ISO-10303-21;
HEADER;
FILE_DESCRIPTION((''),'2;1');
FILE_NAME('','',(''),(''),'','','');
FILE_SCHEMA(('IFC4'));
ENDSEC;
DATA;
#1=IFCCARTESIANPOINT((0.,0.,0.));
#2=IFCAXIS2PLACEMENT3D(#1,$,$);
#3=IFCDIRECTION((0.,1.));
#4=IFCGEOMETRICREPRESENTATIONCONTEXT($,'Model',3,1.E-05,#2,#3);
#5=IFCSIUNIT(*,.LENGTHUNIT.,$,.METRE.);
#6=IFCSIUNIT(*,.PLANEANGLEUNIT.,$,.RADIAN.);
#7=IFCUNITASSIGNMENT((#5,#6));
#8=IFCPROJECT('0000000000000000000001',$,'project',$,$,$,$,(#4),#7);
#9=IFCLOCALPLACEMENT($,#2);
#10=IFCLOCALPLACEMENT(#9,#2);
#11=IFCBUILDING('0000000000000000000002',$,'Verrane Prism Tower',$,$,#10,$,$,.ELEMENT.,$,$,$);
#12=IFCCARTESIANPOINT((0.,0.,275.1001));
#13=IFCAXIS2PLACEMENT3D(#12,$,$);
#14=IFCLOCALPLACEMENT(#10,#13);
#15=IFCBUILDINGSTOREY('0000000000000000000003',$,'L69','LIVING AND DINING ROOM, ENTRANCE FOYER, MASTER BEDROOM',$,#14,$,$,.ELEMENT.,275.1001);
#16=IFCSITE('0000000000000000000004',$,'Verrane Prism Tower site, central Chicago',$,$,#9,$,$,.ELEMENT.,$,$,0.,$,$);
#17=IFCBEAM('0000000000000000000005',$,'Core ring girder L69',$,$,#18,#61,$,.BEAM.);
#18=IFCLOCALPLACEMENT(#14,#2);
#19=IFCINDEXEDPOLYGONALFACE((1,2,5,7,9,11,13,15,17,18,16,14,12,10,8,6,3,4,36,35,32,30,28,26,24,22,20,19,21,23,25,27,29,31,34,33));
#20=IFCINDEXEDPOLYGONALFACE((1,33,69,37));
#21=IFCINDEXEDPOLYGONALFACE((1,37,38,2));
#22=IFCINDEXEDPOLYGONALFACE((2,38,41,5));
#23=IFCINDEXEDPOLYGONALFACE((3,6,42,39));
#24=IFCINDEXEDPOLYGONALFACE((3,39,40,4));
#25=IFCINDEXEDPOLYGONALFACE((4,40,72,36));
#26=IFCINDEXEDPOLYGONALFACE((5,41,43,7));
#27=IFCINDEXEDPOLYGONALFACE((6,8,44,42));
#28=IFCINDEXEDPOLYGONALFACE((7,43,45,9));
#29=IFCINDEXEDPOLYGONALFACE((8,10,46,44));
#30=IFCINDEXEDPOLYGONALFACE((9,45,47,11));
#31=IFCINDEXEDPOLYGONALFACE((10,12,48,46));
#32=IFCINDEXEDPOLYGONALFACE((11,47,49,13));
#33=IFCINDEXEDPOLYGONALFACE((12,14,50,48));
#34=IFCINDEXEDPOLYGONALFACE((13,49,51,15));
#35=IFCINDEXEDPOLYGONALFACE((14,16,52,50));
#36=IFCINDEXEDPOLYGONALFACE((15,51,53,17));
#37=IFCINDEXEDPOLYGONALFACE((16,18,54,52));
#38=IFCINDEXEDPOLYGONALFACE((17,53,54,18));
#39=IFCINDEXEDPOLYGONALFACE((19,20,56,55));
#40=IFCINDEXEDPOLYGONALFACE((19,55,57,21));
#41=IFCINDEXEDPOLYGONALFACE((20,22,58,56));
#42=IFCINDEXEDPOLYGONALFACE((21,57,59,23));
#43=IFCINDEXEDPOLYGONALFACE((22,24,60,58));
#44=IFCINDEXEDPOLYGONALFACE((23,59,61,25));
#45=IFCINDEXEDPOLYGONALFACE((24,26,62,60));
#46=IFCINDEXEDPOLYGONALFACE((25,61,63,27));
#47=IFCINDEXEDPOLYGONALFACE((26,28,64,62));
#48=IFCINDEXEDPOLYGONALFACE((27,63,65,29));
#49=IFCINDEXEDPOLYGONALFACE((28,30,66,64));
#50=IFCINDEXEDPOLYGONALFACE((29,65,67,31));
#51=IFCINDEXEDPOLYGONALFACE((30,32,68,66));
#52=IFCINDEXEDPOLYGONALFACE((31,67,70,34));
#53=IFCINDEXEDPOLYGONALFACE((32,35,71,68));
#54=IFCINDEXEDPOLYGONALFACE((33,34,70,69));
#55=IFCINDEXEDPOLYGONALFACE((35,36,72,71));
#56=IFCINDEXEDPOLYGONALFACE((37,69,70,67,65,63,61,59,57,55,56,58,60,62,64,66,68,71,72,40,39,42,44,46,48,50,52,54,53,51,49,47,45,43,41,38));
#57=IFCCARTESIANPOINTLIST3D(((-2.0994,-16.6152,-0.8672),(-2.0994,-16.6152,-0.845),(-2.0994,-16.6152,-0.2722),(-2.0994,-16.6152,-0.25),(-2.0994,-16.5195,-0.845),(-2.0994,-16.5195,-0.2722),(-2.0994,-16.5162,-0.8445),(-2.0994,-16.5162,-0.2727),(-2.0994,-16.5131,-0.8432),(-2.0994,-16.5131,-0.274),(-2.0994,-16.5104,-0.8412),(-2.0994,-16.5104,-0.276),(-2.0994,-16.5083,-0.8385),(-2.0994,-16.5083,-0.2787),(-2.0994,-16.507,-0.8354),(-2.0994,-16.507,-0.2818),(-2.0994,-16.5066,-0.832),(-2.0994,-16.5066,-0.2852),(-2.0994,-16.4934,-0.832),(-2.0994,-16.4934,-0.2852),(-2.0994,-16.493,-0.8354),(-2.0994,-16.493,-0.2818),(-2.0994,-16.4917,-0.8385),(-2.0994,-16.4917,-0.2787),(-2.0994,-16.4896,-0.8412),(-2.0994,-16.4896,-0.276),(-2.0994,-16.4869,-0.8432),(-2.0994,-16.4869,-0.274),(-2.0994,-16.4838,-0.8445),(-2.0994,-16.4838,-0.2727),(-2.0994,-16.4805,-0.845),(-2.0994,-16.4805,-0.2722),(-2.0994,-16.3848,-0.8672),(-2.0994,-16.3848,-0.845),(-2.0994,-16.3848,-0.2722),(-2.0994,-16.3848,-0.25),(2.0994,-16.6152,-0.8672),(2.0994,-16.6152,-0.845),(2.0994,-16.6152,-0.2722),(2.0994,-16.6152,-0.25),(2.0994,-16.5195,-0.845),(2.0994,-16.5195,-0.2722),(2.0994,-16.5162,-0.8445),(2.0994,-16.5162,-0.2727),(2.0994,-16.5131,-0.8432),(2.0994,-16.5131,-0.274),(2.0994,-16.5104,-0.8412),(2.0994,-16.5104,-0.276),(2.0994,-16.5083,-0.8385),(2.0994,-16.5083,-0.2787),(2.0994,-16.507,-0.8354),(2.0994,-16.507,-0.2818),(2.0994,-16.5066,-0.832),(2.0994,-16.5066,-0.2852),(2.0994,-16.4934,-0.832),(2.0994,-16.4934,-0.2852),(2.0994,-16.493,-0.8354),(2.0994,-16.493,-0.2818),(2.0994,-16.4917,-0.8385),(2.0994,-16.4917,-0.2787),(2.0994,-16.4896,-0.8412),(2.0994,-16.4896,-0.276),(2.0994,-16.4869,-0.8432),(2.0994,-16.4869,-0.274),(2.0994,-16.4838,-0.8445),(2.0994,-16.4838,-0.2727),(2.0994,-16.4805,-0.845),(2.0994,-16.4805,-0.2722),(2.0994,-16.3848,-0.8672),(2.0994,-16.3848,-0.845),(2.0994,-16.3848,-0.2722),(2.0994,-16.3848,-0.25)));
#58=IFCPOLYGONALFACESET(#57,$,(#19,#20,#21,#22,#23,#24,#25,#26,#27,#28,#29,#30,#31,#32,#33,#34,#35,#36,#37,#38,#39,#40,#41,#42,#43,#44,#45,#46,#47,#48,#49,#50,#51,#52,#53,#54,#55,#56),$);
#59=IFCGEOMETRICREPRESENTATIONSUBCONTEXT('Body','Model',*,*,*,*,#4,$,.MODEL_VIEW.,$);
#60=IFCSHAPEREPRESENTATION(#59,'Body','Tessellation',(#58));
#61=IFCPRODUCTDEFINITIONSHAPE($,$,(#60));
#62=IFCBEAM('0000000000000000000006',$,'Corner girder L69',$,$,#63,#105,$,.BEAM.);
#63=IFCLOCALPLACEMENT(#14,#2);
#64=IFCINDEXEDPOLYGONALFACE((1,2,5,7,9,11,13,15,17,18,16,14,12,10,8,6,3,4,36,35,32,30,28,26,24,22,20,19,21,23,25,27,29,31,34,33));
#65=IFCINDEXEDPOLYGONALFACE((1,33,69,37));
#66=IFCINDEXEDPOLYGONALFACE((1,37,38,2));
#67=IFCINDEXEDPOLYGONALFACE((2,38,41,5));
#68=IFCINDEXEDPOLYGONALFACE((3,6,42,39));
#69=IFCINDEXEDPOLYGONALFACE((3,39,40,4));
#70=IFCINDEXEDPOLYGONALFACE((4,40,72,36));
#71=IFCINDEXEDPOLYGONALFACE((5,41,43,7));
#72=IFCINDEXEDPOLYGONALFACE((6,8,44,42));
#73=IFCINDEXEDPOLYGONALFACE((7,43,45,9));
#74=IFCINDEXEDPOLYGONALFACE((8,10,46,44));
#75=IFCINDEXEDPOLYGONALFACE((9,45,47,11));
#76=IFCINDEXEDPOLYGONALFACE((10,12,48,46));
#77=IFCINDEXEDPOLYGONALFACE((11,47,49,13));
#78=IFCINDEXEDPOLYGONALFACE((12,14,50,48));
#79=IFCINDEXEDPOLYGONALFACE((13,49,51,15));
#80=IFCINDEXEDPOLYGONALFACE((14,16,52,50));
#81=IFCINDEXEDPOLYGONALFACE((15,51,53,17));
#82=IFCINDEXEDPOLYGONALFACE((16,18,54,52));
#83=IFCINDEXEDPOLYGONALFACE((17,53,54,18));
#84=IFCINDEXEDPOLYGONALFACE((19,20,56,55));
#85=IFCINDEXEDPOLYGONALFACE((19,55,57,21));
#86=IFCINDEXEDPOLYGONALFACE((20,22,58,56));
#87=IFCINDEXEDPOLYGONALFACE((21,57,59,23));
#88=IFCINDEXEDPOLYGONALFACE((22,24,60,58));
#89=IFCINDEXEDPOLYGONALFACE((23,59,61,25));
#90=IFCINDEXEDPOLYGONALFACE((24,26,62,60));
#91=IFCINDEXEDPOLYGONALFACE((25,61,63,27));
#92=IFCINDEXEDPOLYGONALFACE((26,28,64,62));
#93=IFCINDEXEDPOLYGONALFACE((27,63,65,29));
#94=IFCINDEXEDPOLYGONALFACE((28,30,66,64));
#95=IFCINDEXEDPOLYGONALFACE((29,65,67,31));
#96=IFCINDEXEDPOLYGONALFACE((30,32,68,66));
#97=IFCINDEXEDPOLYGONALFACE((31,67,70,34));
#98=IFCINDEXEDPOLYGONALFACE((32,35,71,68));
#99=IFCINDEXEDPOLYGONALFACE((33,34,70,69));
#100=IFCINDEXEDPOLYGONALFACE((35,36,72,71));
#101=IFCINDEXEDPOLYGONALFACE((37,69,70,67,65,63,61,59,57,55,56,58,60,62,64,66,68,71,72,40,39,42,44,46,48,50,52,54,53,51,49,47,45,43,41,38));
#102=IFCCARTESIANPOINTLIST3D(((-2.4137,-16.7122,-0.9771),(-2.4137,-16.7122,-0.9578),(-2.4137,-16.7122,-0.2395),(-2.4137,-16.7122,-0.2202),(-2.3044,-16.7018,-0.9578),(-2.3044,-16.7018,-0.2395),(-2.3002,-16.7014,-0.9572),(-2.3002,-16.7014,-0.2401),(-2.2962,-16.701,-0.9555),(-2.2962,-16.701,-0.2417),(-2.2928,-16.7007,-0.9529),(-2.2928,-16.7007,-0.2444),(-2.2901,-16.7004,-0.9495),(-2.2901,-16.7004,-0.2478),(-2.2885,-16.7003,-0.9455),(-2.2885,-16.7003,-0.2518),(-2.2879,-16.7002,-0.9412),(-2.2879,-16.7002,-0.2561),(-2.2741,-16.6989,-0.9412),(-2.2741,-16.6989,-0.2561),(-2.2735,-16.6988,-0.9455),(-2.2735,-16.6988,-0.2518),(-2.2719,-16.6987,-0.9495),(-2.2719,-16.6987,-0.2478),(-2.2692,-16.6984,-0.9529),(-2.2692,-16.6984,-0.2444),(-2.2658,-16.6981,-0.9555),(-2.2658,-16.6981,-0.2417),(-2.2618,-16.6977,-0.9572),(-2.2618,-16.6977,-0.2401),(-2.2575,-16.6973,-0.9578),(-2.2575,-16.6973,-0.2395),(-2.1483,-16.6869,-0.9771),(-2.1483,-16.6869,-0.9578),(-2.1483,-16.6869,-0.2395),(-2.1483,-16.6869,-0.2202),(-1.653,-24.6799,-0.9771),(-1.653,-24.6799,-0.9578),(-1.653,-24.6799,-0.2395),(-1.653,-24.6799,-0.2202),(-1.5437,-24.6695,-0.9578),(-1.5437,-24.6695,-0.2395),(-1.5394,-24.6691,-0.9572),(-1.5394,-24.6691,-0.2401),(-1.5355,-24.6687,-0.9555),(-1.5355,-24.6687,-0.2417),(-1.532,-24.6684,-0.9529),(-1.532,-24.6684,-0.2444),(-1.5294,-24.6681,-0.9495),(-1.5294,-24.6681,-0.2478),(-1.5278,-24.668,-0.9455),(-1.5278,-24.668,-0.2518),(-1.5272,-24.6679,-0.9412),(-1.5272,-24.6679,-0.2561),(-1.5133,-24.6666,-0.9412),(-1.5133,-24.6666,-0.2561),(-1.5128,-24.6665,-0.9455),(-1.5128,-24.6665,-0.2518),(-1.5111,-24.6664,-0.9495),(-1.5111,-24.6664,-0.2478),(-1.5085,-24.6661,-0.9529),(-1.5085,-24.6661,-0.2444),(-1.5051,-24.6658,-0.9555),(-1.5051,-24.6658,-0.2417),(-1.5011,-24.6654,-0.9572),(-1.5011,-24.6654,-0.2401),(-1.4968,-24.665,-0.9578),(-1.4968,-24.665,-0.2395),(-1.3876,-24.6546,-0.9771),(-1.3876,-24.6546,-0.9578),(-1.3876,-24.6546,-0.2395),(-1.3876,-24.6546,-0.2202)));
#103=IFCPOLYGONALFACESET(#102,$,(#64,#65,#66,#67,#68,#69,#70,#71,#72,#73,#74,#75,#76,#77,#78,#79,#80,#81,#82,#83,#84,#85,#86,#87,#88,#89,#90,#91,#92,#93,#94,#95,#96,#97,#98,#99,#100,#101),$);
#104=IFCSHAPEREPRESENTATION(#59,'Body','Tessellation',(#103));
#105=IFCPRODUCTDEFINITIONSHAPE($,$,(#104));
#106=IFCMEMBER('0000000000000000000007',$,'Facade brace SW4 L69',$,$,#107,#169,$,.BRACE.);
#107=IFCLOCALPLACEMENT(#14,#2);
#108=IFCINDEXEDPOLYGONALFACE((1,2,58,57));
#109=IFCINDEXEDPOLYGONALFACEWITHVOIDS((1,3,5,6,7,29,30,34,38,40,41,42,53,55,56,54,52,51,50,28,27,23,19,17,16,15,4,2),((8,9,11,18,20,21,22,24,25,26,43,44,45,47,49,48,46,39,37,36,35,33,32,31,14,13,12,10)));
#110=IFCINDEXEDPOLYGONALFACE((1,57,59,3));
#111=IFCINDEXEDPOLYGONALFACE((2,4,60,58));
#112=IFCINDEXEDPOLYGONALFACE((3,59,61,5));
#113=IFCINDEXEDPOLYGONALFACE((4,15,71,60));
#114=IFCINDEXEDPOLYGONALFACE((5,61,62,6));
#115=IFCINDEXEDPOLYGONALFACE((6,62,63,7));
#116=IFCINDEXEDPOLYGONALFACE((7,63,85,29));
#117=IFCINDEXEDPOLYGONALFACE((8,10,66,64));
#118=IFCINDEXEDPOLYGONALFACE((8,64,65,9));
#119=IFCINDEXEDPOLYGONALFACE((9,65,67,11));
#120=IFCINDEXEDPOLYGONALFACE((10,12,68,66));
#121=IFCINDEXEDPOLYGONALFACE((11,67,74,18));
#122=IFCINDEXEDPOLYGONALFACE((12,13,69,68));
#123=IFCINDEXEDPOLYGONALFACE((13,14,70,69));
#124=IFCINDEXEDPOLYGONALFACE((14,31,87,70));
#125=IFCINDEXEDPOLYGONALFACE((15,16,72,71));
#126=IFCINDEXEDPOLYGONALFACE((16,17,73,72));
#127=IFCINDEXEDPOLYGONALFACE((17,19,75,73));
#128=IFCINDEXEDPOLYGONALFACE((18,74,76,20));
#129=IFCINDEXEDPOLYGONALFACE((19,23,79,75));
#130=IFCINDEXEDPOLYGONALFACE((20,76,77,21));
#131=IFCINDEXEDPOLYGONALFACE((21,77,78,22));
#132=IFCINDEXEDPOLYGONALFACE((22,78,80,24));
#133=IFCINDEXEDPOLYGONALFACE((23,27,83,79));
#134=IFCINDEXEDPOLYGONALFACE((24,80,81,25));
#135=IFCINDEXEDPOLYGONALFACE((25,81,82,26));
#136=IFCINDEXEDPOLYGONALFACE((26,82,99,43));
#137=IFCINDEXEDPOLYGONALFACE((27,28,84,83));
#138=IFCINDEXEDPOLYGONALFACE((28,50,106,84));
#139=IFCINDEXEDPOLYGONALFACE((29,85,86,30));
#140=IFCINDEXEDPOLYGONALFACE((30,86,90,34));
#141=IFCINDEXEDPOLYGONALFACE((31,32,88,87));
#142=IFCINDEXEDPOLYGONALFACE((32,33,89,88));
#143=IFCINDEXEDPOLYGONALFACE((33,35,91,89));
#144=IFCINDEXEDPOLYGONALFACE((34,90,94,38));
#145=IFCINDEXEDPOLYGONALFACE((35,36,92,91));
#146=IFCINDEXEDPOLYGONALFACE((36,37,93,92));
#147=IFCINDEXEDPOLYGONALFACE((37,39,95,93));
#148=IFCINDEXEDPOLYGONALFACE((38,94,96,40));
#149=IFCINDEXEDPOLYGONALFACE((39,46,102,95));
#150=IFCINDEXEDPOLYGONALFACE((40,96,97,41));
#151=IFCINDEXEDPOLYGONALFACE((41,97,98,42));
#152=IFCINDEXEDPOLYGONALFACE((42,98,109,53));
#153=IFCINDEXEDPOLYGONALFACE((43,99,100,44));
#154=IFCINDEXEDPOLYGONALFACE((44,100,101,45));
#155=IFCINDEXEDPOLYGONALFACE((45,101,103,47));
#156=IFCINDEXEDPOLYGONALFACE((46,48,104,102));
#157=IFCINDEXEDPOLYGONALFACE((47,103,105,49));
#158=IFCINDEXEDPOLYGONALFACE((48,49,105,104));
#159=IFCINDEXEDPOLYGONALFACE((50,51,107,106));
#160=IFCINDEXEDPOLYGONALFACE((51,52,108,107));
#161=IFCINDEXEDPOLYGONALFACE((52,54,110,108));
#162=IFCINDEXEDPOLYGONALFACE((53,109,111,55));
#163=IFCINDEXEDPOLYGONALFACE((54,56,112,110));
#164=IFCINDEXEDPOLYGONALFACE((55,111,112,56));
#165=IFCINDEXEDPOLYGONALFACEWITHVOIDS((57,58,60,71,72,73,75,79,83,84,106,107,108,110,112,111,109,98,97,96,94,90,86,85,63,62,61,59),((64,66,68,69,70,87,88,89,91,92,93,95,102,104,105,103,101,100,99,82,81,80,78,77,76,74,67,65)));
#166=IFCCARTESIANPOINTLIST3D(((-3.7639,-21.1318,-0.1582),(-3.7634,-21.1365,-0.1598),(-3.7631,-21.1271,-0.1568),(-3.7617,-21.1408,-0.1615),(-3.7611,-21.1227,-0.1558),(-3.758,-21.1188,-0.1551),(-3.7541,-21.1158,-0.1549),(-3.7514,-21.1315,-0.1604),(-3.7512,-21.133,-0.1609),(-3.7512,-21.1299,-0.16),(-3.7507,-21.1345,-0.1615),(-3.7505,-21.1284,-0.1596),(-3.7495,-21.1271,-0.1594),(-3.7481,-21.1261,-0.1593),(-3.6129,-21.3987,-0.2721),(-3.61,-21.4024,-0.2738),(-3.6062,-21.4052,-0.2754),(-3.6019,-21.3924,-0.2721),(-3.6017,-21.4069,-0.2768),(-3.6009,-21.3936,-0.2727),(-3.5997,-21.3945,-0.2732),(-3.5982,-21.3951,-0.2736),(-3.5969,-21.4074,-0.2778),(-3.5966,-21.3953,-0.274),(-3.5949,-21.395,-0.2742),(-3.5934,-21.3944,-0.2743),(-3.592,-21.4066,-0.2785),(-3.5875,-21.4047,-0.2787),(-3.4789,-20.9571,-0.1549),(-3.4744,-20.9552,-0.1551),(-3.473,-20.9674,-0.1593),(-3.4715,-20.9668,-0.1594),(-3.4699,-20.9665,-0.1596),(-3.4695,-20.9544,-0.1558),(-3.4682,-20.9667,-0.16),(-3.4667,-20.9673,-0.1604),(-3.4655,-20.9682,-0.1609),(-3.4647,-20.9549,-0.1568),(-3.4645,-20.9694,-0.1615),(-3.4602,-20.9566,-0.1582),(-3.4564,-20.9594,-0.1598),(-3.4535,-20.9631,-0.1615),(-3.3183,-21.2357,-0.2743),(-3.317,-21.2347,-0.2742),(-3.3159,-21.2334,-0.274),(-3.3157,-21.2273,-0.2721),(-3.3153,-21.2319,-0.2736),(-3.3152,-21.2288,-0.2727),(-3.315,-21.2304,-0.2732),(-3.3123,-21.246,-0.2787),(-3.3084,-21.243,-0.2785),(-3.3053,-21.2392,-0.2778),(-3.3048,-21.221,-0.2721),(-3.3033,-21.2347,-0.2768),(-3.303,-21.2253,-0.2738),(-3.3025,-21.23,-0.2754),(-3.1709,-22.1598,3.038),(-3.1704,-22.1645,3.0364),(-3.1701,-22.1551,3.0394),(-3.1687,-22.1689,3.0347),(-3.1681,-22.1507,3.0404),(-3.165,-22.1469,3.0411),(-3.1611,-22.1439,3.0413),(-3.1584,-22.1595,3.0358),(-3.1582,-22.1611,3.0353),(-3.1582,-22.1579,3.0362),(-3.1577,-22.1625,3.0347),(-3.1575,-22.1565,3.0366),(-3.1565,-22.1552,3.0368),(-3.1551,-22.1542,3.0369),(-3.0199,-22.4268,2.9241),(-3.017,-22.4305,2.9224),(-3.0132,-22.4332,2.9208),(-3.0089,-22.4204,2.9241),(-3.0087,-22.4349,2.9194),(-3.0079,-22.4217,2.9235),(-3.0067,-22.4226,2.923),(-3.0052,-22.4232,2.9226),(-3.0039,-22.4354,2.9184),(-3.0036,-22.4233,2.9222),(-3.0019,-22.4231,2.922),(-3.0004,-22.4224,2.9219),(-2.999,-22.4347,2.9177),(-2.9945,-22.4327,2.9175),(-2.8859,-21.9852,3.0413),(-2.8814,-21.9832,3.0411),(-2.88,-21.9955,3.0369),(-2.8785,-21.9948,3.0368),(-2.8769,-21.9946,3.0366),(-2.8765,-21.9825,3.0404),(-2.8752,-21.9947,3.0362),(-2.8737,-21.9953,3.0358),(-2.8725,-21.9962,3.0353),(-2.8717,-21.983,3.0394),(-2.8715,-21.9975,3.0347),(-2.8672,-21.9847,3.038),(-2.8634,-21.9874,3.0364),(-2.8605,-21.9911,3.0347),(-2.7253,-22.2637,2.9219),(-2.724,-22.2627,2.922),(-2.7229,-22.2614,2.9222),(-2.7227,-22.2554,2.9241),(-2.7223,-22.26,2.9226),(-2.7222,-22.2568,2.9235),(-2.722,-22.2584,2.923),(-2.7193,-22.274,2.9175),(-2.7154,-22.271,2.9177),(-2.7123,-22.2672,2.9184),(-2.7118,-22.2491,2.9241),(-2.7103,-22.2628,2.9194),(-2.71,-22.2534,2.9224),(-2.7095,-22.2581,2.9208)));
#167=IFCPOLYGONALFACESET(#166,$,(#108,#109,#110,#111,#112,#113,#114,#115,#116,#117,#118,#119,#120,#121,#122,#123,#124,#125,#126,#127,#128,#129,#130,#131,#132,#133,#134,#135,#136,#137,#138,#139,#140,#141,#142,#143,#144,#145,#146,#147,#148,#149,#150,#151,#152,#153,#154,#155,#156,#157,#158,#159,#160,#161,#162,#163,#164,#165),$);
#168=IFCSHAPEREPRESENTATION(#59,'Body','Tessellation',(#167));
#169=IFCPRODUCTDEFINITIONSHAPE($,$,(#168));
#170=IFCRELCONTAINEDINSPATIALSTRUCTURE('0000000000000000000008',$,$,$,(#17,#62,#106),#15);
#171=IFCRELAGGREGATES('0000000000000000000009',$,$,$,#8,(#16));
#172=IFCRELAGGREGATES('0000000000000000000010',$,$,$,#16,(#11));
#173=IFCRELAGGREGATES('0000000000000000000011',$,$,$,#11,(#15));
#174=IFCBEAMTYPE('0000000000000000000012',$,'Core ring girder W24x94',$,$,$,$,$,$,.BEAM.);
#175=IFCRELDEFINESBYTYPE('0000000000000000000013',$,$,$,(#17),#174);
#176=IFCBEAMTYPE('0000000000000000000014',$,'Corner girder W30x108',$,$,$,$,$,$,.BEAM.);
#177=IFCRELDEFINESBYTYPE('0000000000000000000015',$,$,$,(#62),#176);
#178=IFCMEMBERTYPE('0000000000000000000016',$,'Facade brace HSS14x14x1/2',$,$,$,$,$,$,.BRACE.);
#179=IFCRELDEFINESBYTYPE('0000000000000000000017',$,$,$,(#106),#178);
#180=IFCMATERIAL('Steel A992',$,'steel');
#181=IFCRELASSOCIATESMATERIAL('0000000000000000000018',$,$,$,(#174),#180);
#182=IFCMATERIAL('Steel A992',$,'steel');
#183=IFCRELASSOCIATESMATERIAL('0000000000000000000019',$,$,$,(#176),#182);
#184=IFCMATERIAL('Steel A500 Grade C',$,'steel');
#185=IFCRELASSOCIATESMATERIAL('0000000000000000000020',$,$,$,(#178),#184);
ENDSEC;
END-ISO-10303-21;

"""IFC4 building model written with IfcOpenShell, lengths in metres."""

from ifc_helpers import new_model, si_unit, direction, frame, origin, origin_2d, place, context, subcontext, project, spatial, hollow_rectangle, i_section, extrude, material, material_profile, profile_set, type_object, element, save


model = new_model("IFC4")

# Units and contexts
model_context = context("Model", 3, precision=1e-05, world=origin(), true_north=direction((0.0, 1.0)))
body_context = subcontext(model_context, "Body", "Model", "MODEL_VIEW")
ifc_project = project(units=[si_unit("LENGTHUNIT", "METRE"), si_unit("PLANEANGLEUNIT", "RADIAN")], contexts=[model_context])

# Site, building, storey
site_placement = place(None, origin())
site = spatial("IfcSite", under=ifc_project, at=site_placement, Name="Verrane Prism Tower site, central Chicago", CompositionType="ELEMENT", RefElevation=0.0)
building_placement = place(site_placement, origin())
building = spatial("IfcBuilding", under=site, at=building_placement, Name="Verrane Prism Tower", CompositionType="ELEMENT")
storey_placement = place(building_placement, frame((0.0, 0.0, 275.1001)))
storey = spatial("IfcBuildingStorey", under=building, at=storey_placement, Name="L69", Description="LIVING AND DINING ROOM, ENTRANCE FOYER, MASTER BEDROOM", CompositionType="ELEMENT", Elevation=275.1001)

# Beams
ifc_material_1 = material(Name="Steel A992", Category="steel")
ifc_material_profile_1 = material_profile(ifc_material_1, i_section(OverallWidth=0.2305, OverallDepth=0.6172, WebThickness=0.0132, FlangeThickness=0.0222, FilletRadius=0.0129, at=origin_2d()), Name="W24x94")
ifc_profile_set_1 = profile_set([ifc_material_profile_1], Name="Steel A992")
beam_type_1 = type_object("IfcBeamType", Name="Core ring girder W24x94", PredefinedType="BEAM", material=ifc_profile_set_1)
beam_1_placement = place(storey_placement, frame((-2.0994, -16.5, -0.5586), z_axis=(1.0, 0.0, 0.0), x_axis=(0.0, 1.0, 0.0)))
element("IfcBeam", 1, at=beam_1_placement, inside=storey, type_object=beam_type_1, Name="Core ring girder L69", PredefinedType="BEAM", context=body_context, shape_type="SweptSolid", body=[
    extrude(i_section(OverallWidth=0.2305, OverallDepth=0.6172, WebThickness=0.0132, FlangeThickness=0.0222, FilletRadius=0.0129, at=origin_2d()), origin(), (0.0, 0.0, 1.0), 4.1987),
])
ifc_material_2 = material(Name="Steel A992", Category="steel")
ifc_material_profile_2 = material_profile(ifc_material_2, i_section(OverallWidth=0.2666, OverallDepth=0.7568, WebThickness=0.0139, FlangeThickness=0.0193, FilletRadius=0.0166, at=origin_2d()), Name="W30x108")
ifc_profile_set_2 = profile_set([ifc_material_profile_2], Name="Steel A992")
beam_type_2 = type_object("IfcBeamType", Name="Corner girder W30x108", PredefinedType="BEAM", material=ifc_profile_set_2)
beam_2_placement = place(storey_placement, frame((-1.5203, -24.6672, -0.5986), z_axis=(-0.095045, 0.995473, 0.0), x_axis=(-0.995473, -0.095045, 0.0)))
element("IfcBeam", 2, at=beam_2_placement, inside=storey, type_object=beam_type_2, Name="Corner girder L69", PredefinedType="BEAM", context=body_context, shape_type="SweptSolid", body=[
    extrude(i_section(OverallWidth=0.2666, OverallDepth=0.7568, WebThickness=0.0139, FlangeThickness=0.0193, FilletRadius=0.0166, at=origin_2d()), origin(), (0.0, 0.0, 1.0), 8.0039),
])

# Member
ifc_material_3 = material(Name="Steel A500 Grade C", Category="steel")
ifc_material_profile_3 = material_profile(ifc_material_3, hollow_rectangle(XDim=0.3557, YDim=0.3557, WallThickness=0.0127, InnerFilletRadius=0.0063, OuterFilletRadius=0.019, at=origin_2d()), Name="HSS14x14x1/2")
ifc_profile_set_3 = profile_set([ifc_material_profile_3], Name="Steel A500 Grade C")
member_type_1 = type_object("IfcMemberType", Name="Facade brace HSS14x14x1/2", PredefinedType="BRACE", material=ifc_profile_set_3)
member_1_placement = place(storey_placement, frame((-3.5332, -21.1809, -0.2168), z_axis=(0.17393, -0.30153, 0.937458), x_axis=(0.866223, 0.499657, 0.0)))
element("IfcMember", 3, at=member_1_placement, inside=storey, type_object=member_type_1, Name="Facade brace SW4 L69", PredefinedType="BRACE", context=body_context, shape_type="SweptSolid", body=[
    extrude(hollow_rectangle(XDim=0.3557, YDim=0.3557, WallThickness=0.0127, InnerFilletRadius=0.0063, OuterFilletRadius=0.019, at=origin_2d()), origin(), (0.0, 0.0, 1.0), 3.4094),
])

save(model, "model.ifc")
